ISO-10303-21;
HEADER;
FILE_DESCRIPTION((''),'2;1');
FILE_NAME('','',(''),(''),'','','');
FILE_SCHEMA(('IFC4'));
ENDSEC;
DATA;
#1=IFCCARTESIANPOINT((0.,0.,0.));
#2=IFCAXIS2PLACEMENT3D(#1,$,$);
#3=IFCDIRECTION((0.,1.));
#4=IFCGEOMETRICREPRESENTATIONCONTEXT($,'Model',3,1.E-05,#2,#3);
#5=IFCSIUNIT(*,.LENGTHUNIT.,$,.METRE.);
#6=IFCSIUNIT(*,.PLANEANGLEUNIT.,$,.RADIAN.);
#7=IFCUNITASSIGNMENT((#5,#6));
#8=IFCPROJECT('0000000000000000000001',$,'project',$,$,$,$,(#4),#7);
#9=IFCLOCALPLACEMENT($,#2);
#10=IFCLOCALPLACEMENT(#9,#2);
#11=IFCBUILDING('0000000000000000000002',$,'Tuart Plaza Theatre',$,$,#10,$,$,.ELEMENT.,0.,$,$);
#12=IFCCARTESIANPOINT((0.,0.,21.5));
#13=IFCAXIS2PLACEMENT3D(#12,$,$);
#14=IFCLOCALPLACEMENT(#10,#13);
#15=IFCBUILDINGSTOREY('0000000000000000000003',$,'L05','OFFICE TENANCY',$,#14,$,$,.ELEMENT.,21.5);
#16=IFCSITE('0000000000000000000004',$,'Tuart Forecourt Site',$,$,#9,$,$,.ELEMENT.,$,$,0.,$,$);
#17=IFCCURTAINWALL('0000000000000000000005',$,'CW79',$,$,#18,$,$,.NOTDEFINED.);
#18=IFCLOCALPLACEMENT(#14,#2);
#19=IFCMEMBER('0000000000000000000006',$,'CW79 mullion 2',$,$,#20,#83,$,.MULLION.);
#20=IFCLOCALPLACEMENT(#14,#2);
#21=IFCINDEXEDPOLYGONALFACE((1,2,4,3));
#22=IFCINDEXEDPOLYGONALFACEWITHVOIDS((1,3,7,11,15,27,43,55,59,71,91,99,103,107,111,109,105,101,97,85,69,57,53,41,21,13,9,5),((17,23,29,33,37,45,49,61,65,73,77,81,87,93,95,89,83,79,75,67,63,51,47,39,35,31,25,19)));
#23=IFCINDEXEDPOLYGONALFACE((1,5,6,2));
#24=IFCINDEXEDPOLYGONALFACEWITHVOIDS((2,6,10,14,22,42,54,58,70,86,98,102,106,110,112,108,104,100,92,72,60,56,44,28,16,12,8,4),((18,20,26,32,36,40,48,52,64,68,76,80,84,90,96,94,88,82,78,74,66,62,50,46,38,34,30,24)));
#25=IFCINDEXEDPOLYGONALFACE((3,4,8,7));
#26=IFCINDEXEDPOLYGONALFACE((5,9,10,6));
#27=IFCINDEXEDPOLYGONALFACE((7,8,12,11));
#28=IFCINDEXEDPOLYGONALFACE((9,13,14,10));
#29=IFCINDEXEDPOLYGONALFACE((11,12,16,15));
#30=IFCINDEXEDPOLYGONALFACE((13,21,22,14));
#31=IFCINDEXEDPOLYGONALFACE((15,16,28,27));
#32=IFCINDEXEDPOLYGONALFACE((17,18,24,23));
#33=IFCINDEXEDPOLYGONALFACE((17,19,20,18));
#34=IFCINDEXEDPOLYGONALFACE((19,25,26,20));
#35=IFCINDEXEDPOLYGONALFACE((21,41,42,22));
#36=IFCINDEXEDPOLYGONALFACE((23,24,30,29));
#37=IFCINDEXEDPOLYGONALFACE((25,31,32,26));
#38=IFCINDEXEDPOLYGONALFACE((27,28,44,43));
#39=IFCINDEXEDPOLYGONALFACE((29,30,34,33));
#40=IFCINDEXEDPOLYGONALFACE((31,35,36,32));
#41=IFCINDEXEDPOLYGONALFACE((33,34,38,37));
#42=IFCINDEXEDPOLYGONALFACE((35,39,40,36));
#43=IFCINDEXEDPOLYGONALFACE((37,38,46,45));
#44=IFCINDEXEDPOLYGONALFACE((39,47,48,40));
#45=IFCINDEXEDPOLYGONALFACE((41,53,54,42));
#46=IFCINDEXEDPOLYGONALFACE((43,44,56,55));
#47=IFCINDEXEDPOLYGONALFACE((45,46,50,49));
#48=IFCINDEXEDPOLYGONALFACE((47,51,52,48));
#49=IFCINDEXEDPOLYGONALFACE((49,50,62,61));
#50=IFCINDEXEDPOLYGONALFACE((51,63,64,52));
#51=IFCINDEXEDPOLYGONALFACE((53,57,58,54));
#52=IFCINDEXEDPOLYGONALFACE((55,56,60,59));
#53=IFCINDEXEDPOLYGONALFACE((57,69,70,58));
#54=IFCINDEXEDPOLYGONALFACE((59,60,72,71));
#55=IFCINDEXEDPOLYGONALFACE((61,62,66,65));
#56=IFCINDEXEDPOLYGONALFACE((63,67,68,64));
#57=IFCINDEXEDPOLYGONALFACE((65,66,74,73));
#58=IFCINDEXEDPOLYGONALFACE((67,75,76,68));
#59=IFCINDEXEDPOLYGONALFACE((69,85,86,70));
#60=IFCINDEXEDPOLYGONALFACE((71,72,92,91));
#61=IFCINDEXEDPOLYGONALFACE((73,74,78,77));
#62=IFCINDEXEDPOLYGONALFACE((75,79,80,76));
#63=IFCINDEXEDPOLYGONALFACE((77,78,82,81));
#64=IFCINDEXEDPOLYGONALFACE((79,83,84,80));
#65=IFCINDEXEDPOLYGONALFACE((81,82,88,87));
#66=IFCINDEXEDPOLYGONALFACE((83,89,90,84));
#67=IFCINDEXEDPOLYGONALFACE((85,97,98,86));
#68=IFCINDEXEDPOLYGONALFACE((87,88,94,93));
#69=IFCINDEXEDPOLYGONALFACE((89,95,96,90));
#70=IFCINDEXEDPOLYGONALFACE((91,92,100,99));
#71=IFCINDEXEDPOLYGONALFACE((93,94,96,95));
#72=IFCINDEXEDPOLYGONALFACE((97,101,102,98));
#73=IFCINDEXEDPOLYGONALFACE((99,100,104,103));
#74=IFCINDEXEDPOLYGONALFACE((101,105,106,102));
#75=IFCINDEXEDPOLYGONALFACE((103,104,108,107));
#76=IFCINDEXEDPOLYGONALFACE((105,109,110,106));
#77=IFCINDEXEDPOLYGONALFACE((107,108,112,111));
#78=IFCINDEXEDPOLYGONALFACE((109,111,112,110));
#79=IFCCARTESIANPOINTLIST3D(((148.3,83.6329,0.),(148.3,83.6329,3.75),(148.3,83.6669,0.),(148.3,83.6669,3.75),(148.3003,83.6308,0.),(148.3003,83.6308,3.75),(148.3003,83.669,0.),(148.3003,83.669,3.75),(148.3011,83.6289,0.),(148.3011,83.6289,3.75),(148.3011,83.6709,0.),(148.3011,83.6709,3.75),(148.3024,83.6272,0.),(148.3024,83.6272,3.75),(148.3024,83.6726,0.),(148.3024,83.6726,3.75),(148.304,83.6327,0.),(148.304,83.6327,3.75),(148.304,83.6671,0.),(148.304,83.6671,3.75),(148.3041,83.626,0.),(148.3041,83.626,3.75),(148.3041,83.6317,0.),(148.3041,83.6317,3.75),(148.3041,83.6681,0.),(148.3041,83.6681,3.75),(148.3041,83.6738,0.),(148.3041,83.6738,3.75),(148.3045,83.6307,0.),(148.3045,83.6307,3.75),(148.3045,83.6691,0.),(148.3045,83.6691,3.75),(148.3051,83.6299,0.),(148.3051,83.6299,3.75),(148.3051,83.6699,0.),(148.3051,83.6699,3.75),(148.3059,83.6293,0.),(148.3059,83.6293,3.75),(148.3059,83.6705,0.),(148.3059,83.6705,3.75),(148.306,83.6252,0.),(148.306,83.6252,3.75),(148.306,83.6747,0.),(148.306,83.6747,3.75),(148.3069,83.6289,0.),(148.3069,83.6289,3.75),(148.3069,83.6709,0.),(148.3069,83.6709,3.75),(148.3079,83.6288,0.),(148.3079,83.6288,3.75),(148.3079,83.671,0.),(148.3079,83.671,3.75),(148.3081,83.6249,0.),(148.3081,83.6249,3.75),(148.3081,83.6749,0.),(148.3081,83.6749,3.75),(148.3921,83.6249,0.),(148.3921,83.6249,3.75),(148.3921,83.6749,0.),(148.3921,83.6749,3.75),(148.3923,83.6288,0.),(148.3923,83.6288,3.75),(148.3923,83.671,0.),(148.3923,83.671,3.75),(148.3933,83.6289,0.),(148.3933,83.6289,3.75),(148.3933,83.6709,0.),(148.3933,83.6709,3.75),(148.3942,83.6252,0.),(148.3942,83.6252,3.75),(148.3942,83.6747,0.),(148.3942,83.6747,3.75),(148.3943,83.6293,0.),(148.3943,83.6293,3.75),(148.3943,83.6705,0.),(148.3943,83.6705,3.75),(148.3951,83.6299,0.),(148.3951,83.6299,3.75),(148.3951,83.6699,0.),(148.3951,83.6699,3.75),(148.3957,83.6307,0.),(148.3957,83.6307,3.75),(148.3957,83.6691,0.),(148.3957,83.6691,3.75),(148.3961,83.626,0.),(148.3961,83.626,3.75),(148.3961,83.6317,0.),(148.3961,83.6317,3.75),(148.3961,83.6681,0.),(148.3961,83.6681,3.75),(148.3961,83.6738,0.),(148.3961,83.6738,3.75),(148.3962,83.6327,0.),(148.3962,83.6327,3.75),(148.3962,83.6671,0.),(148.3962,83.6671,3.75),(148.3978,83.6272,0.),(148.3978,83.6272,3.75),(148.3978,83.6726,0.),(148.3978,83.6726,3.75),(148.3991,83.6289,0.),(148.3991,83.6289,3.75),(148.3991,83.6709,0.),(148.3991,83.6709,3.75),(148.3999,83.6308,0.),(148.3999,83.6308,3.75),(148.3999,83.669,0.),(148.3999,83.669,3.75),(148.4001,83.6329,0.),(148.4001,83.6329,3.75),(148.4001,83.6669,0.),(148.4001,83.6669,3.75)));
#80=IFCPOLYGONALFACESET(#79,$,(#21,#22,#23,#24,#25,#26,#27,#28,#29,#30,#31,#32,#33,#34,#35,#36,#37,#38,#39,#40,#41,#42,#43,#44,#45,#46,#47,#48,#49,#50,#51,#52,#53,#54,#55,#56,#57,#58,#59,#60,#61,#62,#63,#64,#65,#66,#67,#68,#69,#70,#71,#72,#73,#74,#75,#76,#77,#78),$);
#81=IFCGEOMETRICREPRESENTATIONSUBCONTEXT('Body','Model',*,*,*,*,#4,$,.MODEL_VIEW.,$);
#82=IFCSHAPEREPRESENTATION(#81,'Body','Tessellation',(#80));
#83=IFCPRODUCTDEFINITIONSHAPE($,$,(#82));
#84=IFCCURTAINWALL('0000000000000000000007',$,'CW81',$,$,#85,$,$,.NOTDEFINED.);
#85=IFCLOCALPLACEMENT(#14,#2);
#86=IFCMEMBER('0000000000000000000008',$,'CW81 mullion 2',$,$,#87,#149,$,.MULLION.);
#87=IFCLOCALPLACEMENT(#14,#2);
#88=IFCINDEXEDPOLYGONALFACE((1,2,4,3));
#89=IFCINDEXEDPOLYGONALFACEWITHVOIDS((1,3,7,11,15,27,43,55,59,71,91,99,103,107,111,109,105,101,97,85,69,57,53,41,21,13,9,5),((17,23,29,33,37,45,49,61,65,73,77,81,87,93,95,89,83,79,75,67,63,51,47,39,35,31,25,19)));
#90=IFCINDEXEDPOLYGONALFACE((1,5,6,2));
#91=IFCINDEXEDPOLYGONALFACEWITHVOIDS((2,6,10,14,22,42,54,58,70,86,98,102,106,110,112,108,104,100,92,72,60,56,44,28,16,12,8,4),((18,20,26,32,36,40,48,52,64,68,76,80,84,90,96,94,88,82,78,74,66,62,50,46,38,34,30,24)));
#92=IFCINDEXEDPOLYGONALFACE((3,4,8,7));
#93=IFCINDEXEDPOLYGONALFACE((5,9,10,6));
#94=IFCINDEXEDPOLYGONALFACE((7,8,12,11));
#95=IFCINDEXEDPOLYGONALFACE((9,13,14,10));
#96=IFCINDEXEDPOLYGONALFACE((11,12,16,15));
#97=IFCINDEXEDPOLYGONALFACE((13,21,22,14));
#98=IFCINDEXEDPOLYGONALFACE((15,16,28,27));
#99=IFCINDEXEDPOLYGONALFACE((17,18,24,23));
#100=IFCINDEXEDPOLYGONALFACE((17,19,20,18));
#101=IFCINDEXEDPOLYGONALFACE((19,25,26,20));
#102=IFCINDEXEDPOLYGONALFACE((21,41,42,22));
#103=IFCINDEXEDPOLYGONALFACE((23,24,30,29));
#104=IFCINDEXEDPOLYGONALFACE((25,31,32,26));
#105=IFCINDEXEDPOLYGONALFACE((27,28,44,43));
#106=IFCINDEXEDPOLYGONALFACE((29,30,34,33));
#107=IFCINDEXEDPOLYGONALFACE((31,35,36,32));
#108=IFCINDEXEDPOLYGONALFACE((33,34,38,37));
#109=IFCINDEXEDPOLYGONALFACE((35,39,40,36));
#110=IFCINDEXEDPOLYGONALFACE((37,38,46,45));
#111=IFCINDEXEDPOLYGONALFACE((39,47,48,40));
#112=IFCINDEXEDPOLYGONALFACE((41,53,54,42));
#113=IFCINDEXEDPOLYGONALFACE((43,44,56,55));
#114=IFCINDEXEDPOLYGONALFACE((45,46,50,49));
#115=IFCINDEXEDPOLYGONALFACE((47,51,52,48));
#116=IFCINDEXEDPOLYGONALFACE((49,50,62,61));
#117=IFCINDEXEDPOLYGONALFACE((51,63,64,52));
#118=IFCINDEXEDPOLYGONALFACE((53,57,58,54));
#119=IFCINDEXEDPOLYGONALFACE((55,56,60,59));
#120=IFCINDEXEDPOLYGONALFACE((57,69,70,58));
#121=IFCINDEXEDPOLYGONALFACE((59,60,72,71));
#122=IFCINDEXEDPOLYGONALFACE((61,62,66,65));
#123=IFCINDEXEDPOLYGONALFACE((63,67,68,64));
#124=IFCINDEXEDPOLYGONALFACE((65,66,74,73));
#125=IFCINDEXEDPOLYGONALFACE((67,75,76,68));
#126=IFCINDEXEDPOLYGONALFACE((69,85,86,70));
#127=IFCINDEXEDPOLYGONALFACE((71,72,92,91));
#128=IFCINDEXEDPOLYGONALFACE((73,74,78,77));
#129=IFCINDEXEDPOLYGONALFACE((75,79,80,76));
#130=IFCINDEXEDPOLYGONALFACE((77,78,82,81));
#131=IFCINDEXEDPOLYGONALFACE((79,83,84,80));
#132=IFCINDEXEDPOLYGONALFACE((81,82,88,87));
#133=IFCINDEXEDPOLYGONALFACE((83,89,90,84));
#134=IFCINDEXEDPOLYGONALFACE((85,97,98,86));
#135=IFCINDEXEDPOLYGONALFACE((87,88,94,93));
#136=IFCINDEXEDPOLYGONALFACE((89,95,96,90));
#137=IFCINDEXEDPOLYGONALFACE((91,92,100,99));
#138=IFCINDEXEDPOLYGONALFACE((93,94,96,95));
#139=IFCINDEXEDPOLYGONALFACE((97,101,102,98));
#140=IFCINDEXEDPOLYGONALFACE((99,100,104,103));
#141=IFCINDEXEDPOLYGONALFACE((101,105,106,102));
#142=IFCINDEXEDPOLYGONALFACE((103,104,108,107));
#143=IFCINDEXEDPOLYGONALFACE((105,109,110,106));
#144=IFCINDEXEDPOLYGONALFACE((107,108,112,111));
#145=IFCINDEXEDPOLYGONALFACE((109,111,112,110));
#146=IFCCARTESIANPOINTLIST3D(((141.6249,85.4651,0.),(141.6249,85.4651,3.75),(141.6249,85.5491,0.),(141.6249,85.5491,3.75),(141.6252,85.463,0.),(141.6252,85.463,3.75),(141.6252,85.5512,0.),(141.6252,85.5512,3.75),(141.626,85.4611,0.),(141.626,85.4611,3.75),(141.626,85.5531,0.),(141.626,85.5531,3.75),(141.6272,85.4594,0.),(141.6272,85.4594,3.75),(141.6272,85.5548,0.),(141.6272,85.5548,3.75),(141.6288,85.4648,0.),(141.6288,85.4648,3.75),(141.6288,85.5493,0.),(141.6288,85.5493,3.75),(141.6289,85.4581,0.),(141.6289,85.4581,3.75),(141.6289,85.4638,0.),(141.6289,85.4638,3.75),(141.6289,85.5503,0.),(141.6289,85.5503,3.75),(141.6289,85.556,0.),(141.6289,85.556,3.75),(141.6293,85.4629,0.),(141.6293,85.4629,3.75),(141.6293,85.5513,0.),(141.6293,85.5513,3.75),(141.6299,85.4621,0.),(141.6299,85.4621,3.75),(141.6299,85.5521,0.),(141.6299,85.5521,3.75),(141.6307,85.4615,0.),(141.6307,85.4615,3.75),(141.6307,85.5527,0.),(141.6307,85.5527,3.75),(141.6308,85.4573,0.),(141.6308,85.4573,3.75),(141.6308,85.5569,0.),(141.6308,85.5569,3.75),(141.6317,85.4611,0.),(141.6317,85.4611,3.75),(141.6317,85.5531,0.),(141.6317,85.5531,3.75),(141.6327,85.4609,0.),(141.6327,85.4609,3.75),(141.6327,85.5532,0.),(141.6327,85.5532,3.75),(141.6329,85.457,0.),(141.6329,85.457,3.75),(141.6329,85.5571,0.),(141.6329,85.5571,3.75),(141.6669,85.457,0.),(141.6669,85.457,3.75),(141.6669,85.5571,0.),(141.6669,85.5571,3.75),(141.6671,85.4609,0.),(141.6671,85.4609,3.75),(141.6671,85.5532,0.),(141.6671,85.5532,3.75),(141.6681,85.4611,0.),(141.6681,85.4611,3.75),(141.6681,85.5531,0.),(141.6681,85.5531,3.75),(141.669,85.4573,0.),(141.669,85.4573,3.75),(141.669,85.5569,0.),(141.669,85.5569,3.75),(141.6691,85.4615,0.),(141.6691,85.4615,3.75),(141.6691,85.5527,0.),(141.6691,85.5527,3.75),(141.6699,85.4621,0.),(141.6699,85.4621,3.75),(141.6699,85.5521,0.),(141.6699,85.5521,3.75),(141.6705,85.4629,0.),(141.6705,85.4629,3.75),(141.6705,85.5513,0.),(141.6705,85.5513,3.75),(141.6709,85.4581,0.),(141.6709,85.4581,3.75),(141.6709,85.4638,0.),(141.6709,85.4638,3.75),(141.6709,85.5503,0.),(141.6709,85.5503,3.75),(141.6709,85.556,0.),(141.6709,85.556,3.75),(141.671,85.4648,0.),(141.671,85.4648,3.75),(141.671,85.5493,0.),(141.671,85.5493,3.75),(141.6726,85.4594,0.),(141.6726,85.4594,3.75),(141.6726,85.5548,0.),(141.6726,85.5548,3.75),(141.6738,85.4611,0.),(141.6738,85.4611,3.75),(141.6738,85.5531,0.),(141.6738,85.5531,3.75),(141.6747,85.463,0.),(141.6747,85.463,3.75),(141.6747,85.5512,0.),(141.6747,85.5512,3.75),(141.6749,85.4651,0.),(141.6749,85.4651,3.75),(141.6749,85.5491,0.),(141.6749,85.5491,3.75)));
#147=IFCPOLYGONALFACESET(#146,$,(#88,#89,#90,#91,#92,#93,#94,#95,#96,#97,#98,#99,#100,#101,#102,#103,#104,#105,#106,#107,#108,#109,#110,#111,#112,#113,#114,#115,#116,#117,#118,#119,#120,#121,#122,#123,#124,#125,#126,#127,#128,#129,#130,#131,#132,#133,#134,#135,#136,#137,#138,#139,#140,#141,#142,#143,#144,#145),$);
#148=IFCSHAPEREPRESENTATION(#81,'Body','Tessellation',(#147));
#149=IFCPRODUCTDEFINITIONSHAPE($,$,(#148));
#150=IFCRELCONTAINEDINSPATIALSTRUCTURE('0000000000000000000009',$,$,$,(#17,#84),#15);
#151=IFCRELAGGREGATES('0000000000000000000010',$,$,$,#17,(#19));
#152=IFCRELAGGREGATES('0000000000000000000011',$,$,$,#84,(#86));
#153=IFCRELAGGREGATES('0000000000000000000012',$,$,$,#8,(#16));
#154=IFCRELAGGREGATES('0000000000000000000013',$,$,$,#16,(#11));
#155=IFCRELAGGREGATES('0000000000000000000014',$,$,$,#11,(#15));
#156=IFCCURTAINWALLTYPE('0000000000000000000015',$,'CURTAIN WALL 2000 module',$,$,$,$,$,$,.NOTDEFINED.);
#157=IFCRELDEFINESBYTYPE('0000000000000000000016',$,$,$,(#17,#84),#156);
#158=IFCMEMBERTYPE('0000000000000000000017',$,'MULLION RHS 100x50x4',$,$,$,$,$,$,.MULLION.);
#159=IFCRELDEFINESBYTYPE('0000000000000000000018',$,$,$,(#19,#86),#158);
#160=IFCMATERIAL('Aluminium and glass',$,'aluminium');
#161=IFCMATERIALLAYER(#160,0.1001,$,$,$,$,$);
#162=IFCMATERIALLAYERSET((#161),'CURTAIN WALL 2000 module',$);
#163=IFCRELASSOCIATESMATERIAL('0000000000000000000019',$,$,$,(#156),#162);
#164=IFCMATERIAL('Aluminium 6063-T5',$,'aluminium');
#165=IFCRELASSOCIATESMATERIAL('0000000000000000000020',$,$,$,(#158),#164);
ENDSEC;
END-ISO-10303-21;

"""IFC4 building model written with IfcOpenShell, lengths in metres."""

from ifc_helpers import new_model, si_unit, direction, frame, origin, origin_2d, place, context, subcontext, project, spatial, hollow_rectangle, extrude, material, layer, layer_set, material_profile, profile_set, type_object, element, aggregate, save


model = new_model("IFC4")

# Units and contexts
model_context = context("Model", 3, precision=1e-05, world=origin(), true_north=direction((0.0, 1.0)))
body_context = subcontext(model_context, "Body", "Model", "MODEL_VIEW")
ifc_project = project(units=[si_unit("LENGTHUNIT", "METRE"), si_unit("PLANEANGLEUNIT", "RADIAN")], contexts=[model_context])

# Site, building, storey
site_placement = place(None, origin())
site = spatial("IfcSite", under=ifc_project, at=site_placement, Name="Tuart Forecourt Site", CompositionType="ELEMENT", RefElevation=0.0)
building_placement = place(site_placement, origin())
building = spatial("IfcBuilding", under=site, at=building_placement, Name="Tuart Plaza Theatre", CompositionType="ELEMENT", ElevationOfRefHeight=0.0)
storey_placement = place(building_placement, frame((0.0, 0.0, 21.5)))
storey = spatial("IfcBuildingStorey", under=building, at=storey_placement, Name="L05", Description="OFFICE TENANCY", CompositionType="ELEMENT", Elevation=21.5)

# Shared definitions
ifc_material_1 = material(Name="Aluminium and glass", Category="aluminium")
ifc_layer_1 = layer(ifc_material_1, 0.1001)
ifc_layer_set_1 = layer_set([ifc_layer_1], Name="CURTAIN WALL 2000 module")
curtain_wall_type = type_object("IfcCurtainWallType", Name="CURTAIN WALL 2000 module", PredefinedType="NOTDEFINED", material=ifc_layer_set_1)
ifc_material_2 = material(Name="Aluminium 6063-T5", Category="aluminium")
ifc_material_profile_1 = material_profile(ifc_material_2, hollow_rectangle(XDim=0.05, YDim=0.1001, WallThickness=0.0039, InnerFilletRadius=0.0039, OuterFilletRadius=0.0081, at=origin_2d()), Name="RHS 100x50x4")
ifc_profile_set_1 = profile_set([ifc_material_profile_1], Name="Aluminium 6063-T5")
member_type_1 = type_object("IfcMemberType", Name="MULLION RHS 100x50x4", PredefinedType="MULLION", material=ifc_profile_set_1)

# Curtain walls, members
curtain_wall_1_placement = place(storey_placement, origin())
curtain_wall_1 = element("IfcCurtainWall", 1, at=curtain_wall_1_placement, inside=storey, type_object=curtain_wall_type, Name="CW79", PredefinedType="NOTDEFINED")
member_1_placement = place(storey_placement, frame((148.3501, 83.6499, 0.0), z_axis=(0.0, 0.0, 1.0), x_axis=(0.0, -1.0, 0.0)))
member_1 = element("IfcMember", 2, at=member_1_placement, type_object=member_type_1, Name="CW79 mullion 2", PredefinedType="MULLION", context=body_context, shape_type="SweptSolid", body=[
    extrude(hollow_rectangle(XDim=0.05, YDim=0.1001, WallThickness=0.0039, InnerFilletRadius=0.0039, OuterFilletRadius=0.0081, at=origin_2d()), origin(), (0.0, 0.0, 1.0), 3.75),
])
curtain_wall_2_placement = place(storey_placement, origin())
curtain_wall_2 = element("IfcCurtainWall", 3, at=curtain_wall_2_placement, inside=storey, type_object=curtain_wall_type, Name="CW81", PredefinedType="NOTDEFINED")
member_2_placement = place(storey_placement, frame((141.6499, 85.5071, 0.0), z_axis=(0.0, 0.0, 1.0), x_axis=(-1.0, 0.0, 0.0)))
member_2 = element("IfcMember", 4, at=member_2_placement, type_object=member_type_1, Name="CW81 mullion 2", PredefinedType="MULLION", context=body_context, shape_type="SweptSolid", body=[
    extrude(hollow_rectangle(XDim=0.05, YDim=0.1001, WallThickness=0.0039, InnerFilletRadius=0.0039, OuterFilletRadius=0.0081, at=origin_2d()), origin(), (0.0, 0.0, 1.0), 3.75),
])

aggregate(curtain_wall_1, [member_1])
aggregate(curtain_wall_2, [member_2])

save(model, "model.ifc")
